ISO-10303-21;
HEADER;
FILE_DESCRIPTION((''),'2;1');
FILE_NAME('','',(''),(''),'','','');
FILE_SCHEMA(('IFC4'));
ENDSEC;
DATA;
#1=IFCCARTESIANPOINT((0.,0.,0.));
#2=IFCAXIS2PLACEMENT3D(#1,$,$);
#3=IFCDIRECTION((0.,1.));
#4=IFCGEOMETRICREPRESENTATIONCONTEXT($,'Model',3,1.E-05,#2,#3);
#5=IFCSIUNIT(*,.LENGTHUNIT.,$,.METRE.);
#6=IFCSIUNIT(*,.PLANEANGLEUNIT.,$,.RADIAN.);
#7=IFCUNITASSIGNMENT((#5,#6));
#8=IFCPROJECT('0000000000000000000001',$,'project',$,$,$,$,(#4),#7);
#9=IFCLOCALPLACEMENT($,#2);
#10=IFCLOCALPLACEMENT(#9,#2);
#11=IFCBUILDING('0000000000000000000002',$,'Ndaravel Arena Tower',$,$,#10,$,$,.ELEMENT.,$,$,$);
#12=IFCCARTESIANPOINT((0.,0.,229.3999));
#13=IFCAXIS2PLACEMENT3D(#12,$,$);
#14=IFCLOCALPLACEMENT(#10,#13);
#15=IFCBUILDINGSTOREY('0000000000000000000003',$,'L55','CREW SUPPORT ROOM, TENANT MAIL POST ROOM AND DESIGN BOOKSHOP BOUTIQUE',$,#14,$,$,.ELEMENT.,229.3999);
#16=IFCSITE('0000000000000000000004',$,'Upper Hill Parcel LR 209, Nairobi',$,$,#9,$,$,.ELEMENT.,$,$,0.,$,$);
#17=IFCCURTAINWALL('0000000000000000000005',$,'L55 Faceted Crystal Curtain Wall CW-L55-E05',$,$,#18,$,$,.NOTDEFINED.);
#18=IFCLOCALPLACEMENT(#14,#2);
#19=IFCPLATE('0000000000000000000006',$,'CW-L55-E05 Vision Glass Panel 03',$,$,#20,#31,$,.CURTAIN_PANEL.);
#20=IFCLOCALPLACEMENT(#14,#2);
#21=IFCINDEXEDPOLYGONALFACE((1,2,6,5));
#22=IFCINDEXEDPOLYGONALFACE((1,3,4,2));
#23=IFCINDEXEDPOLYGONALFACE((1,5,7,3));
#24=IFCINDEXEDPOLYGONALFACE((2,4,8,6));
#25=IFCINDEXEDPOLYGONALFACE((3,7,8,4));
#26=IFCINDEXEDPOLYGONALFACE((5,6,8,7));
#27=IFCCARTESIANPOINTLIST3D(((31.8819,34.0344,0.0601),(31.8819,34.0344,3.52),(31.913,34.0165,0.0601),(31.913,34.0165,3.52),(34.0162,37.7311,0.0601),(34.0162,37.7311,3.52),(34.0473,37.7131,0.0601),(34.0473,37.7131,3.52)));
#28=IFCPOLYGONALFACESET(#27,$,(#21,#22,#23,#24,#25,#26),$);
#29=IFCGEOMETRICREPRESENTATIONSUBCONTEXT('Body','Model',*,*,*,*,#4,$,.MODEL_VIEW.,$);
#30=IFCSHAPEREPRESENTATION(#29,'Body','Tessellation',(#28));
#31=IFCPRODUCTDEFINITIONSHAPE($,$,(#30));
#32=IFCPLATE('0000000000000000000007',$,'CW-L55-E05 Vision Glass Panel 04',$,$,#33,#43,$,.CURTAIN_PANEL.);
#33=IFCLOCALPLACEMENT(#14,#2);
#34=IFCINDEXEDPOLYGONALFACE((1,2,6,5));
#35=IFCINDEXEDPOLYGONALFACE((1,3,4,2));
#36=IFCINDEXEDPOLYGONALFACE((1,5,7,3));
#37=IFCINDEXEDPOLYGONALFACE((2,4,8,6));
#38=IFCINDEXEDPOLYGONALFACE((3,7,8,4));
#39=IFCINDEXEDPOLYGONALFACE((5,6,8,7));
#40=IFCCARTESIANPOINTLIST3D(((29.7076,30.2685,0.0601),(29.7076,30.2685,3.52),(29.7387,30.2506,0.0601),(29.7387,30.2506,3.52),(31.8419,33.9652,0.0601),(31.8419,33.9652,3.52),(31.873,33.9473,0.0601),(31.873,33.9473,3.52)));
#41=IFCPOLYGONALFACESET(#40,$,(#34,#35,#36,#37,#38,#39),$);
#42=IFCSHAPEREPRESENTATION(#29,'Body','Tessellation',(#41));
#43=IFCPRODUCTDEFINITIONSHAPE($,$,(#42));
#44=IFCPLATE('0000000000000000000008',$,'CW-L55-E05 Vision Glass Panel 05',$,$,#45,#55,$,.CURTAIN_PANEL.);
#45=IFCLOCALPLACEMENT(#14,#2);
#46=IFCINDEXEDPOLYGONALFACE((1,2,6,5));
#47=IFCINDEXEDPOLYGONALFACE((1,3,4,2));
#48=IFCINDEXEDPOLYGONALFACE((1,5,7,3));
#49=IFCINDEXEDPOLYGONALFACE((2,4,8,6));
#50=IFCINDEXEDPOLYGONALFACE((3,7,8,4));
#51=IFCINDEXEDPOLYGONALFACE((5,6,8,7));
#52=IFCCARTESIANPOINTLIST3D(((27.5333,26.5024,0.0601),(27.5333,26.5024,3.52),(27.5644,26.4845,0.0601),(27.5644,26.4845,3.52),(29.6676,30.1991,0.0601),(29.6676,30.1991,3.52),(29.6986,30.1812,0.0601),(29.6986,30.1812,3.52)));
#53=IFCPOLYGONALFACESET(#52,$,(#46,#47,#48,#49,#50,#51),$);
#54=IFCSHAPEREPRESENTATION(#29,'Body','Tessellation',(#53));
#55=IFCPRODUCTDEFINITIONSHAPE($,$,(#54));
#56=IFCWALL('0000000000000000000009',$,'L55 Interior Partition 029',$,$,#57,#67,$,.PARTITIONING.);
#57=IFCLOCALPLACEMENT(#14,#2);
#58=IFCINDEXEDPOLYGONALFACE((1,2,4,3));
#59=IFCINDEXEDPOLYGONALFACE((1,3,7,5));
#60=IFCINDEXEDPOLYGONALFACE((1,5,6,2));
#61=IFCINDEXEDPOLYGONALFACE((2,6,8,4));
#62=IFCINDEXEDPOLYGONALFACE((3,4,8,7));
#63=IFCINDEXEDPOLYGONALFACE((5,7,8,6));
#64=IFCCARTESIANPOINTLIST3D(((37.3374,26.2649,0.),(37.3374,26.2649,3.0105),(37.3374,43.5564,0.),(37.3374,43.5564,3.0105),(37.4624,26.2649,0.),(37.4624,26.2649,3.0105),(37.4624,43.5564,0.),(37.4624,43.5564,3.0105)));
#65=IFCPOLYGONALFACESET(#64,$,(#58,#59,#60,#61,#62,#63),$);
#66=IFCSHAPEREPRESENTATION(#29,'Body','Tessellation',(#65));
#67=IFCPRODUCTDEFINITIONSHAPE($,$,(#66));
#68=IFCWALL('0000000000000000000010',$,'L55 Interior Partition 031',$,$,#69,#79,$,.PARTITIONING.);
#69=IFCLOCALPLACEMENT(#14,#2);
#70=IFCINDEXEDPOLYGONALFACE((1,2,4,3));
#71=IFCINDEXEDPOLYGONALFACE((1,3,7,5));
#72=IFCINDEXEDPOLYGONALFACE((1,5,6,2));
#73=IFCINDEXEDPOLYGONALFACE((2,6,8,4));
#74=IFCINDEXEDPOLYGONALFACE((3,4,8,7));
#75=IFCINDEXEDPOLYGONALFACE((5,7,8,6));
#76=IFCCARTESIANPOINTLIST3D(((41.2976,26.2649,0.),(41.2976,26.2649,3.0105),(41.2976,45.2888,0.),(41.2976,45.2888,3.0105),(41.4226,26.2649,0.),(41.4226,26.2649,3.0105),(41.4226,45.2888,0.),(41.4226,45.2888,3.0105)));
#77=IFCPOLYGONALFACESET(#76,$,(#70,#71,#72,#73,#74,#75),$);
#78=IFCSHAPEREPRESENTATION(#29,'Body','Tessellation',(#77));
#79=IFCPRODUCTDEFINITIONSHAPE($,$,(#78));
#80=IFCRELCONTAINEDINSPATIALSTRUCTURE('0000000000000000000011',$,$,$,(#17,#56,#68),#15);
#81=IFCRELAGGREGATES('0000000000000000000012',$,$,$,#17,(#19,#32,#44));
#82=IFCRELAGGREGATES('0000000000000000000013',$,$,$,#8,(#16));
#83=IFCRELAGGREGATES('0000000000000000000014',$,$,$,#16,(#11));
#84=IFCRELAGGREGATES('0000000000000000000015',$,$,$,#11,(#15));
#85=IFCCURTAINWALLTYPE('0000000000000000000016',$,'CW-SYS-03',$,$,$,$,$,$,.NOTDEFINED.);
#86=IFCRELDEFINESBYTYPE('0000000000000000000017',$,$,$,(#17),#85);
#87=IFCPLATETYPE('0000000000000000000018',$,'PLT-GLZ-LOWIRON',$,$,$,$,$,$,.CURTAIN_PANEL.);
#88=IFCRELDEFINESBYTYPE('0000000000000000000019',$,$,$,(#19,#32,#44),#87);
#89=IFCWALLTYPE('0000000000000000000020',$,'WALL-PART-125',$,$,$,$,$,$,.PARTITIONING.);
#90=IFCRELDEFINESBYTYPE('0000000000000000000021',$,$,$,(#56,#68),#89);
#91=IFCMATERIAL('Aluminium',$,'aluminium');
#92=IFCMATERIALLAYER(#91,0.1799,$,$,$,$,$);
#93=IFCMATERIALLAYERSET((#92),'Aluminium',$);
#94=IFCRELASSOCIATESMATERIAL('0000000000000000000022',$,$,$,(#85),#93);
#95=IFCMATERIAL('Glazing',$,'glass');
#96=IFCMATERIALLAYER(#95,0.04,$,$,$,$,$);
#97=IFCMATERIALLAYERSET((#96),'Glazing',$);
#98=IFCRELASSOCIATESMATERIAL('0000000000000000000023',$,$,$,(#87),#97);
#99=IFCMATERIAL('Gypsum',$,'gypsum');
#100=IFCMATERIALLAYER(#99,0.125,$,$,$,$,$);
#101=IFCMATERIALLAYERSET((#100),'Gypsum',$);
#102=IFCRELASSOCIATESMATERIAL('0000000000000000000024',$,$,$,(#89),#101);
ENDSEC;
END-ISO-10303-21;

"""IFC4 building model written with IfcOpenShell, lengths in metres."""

from ifc_helpers import new_model, si_unit, direction, frame, frame_2d, origin, origin_2d, place, context, subcontext, project, spatial, rectangle, extrude, material, layer, layer_set, type_object, element, aggregate, save


model = new_model("IFC4")

# Units and contexts
model_context = context("Model", 3, precision=1e-05, world=origin(), true_north=direction((0.0, 1.0)))
body_context = subcontext(model_context, "Body", "Model", "MODEL_VIEW")
ifc_project = project(units=[si_unit("LENGTHUNIT", "METRE"), si_unit("PLANEANGLEUNIT", "RADIAN")], contexts=[model_context])

# Site, building, storey
site_placement = place(None, origin())
site = spatial("IfcSite", under=ifc_project, at=site_placement, Name="Upper Hill Parcel LR 209, Nairobi", CompositionType="ELEMENT", RefElevation=0.0)
building_placement = place(site_placement, origin())
building = spatial("IfcBuilding", under=site, at=building_placement, Name="Ndaravel Arena Tower", CompositionType="ELEMENT")
storey_placement = place(building_placement, frame((0.0, 0.0, 229.3999)))
storey = spatial("IfcBuildingStorey", under=building, at=storey_placement, Name="L55", Description="CREW SUPPORT ROOM, TENANT MAIL POST ROOM AND DESIGN BOOKSHOP BOUTIQUE", CompositionType="ELEMENT", Elevation=229.3999)

# Curtain wall
ifc_material_1 = material(Name="Aluminium", Category="aluminium")
ifc_layer_1 = layer(ifc_material_1, 0.1799)
ifc_layer_set_1 = layer_set([ifc_layer_1], Name="Aluminium")
curtain_wall_type_1 = type_object("IfcCurtainWallType", Name="CW-SYS-03", PredefinedType="NOTDEFINED", material=ifc_layer_set_1)
curtain_wall_1_placement = place(storey_placement, origin())
curtain_wall_1 = element("IfcCurtainWall", 1, at=curtain_wall_1_placement, inside=storey, type_object=curtain_wall_type_1, Name="L55 Faceted Crystal Curtain Wall CW-L55-E05", PredefinedType="NOTDEFINED")

# Plates
ifc_material_2 = material(Name="Glazing", Category="glass")
ifc_layer_2 = layer(ifc_material_2, 0.04)
ifc_layer_set_2 = layer_set([ifc_layer_2], Name="Glazing")
plate_type_1 = type_object("IfcPlateType", Name="PLT-GLZ-LOWIRON", PredefinedType="CURTAIN_PANEL", material=ifc_layer_set_2)
plate_1_placement = place(storey_placement, frame((32.9646, 35.8738, 0.0601), z_axis=(0.0, 0.0, 1.0), x_axis=(-0.5, -0.866025, 0.0)))
plate_1 = element("IfcPlate", 2, at=plate_1_placement, type_object=plate_type_1, Name="CW-L55-E05 Vision Glass Panel 03", PredefinedType="CURTAIN_PANEL", context=body_context, shape_type="SweptSolid", body=[
    extrude(rectangle(XDim=4.2686, YDim=0.0359, at=origin_2d()), origin(), (0.0, 0.0, 1.0), 3.46),
])
plate_2_placement = place(storey_placement, frame((30.7903, 32.1079, 0.0601), z_axis=(0.0, 0.0, 1.0), x_axis=(-0.5, -0.866025, 0.0)))
plate_2 = element("IfcPlate", 3, at=plate_2_placement, type_object=plate_type_1, Name="CW-L55-E05 Vision Glass Panel 04", PredefinedType="CURTAIN_PANEL", context=body_context, shape_type="SweptSolid", body=[
    extrude(rectangle(XDim=4.2686, YDim=0.0359, at=origin_2d()), origin(), (0.0, 0.0, 1.0), 3.46),
])
plate_3_placement = place(storey_placement, frame((28.616, 28.3418, 0.0601), z_axis=(0.0, 0.0, 1.0), x_axis=(-0.5, -0.866025, 0.0)))
plate_3 = element("IfcPlate", 4, at=plate_3_placement, type_object=plate_type_1, Name="CW-L55-E05 Vision Glass Panel 05", PredefinedType="CURTAIN_PANEL", context=body_context, shape_type="SweptSolid", body=[
    extrude(rectangle(XDim=4.2686, YDim=0.0359, at=origin_2d()), origin(), (0.0, 0.0, 1.0), 3.46),
])
aggregate(curtain_wall_1, [plate_1, plate_2, plate_3])

# Walls
ifc_material_3 = material(Name="Gypsum", Category="gypsum")
ifc_layer_3 = layer(ifc_material_3, 0.125)
ifc_layer_set_3 = layer_set([ifc_layer_3], Name="Gypsum")
wall_type = type_object("IfcWallType", Name="WALL-PART-125", PredefinedType="PARTITIONING", material=ifc_layer_set_3)
wall_1_placement = place(storey_placement, frame((37.3999, 43.5564, 0.0), z_axis=(0.0, 0.0, 1.0), x_axis=(0.0, -1.0, 0.0)))
element("IfcWall", 5, at=wall_1_placement, inside=storey, type_object=wall_type, Name="L55 Interior Partition 029", PredefinedType="PARTITIONING", context=body_context, shape_type="SweptSolid", body=[
    extrude(rectangle(XDim=17.2915, YDim=0.125, at=frame_2d((8.6458, 0.0))), origin(), (0.0, 0.0, 1.0), 3.0105),
])
wall_2_placement = place(storey_placement, frame((41.3601, 45.2888, 0.0), z_axis=(0.0, 0.0, 1.0), x_axis=(0.0, -1.0, 0.0)))
element("IfcWall", 6, at=wall_2_placement, inside=storey, type_object=wall_type, Name="L55 Interior Partition 031", PredefinedType="PARTITIONING", context=body_context, shape_type="SweptSolid", body=[
    extrude(rectangle(XDim=19.0239, YDim=0.125, at=frame_2d((9.512, 0.0))), origin(), (0.0, 0.0, 1.0), 3.0105),
])

save(model, "model.ifc")
